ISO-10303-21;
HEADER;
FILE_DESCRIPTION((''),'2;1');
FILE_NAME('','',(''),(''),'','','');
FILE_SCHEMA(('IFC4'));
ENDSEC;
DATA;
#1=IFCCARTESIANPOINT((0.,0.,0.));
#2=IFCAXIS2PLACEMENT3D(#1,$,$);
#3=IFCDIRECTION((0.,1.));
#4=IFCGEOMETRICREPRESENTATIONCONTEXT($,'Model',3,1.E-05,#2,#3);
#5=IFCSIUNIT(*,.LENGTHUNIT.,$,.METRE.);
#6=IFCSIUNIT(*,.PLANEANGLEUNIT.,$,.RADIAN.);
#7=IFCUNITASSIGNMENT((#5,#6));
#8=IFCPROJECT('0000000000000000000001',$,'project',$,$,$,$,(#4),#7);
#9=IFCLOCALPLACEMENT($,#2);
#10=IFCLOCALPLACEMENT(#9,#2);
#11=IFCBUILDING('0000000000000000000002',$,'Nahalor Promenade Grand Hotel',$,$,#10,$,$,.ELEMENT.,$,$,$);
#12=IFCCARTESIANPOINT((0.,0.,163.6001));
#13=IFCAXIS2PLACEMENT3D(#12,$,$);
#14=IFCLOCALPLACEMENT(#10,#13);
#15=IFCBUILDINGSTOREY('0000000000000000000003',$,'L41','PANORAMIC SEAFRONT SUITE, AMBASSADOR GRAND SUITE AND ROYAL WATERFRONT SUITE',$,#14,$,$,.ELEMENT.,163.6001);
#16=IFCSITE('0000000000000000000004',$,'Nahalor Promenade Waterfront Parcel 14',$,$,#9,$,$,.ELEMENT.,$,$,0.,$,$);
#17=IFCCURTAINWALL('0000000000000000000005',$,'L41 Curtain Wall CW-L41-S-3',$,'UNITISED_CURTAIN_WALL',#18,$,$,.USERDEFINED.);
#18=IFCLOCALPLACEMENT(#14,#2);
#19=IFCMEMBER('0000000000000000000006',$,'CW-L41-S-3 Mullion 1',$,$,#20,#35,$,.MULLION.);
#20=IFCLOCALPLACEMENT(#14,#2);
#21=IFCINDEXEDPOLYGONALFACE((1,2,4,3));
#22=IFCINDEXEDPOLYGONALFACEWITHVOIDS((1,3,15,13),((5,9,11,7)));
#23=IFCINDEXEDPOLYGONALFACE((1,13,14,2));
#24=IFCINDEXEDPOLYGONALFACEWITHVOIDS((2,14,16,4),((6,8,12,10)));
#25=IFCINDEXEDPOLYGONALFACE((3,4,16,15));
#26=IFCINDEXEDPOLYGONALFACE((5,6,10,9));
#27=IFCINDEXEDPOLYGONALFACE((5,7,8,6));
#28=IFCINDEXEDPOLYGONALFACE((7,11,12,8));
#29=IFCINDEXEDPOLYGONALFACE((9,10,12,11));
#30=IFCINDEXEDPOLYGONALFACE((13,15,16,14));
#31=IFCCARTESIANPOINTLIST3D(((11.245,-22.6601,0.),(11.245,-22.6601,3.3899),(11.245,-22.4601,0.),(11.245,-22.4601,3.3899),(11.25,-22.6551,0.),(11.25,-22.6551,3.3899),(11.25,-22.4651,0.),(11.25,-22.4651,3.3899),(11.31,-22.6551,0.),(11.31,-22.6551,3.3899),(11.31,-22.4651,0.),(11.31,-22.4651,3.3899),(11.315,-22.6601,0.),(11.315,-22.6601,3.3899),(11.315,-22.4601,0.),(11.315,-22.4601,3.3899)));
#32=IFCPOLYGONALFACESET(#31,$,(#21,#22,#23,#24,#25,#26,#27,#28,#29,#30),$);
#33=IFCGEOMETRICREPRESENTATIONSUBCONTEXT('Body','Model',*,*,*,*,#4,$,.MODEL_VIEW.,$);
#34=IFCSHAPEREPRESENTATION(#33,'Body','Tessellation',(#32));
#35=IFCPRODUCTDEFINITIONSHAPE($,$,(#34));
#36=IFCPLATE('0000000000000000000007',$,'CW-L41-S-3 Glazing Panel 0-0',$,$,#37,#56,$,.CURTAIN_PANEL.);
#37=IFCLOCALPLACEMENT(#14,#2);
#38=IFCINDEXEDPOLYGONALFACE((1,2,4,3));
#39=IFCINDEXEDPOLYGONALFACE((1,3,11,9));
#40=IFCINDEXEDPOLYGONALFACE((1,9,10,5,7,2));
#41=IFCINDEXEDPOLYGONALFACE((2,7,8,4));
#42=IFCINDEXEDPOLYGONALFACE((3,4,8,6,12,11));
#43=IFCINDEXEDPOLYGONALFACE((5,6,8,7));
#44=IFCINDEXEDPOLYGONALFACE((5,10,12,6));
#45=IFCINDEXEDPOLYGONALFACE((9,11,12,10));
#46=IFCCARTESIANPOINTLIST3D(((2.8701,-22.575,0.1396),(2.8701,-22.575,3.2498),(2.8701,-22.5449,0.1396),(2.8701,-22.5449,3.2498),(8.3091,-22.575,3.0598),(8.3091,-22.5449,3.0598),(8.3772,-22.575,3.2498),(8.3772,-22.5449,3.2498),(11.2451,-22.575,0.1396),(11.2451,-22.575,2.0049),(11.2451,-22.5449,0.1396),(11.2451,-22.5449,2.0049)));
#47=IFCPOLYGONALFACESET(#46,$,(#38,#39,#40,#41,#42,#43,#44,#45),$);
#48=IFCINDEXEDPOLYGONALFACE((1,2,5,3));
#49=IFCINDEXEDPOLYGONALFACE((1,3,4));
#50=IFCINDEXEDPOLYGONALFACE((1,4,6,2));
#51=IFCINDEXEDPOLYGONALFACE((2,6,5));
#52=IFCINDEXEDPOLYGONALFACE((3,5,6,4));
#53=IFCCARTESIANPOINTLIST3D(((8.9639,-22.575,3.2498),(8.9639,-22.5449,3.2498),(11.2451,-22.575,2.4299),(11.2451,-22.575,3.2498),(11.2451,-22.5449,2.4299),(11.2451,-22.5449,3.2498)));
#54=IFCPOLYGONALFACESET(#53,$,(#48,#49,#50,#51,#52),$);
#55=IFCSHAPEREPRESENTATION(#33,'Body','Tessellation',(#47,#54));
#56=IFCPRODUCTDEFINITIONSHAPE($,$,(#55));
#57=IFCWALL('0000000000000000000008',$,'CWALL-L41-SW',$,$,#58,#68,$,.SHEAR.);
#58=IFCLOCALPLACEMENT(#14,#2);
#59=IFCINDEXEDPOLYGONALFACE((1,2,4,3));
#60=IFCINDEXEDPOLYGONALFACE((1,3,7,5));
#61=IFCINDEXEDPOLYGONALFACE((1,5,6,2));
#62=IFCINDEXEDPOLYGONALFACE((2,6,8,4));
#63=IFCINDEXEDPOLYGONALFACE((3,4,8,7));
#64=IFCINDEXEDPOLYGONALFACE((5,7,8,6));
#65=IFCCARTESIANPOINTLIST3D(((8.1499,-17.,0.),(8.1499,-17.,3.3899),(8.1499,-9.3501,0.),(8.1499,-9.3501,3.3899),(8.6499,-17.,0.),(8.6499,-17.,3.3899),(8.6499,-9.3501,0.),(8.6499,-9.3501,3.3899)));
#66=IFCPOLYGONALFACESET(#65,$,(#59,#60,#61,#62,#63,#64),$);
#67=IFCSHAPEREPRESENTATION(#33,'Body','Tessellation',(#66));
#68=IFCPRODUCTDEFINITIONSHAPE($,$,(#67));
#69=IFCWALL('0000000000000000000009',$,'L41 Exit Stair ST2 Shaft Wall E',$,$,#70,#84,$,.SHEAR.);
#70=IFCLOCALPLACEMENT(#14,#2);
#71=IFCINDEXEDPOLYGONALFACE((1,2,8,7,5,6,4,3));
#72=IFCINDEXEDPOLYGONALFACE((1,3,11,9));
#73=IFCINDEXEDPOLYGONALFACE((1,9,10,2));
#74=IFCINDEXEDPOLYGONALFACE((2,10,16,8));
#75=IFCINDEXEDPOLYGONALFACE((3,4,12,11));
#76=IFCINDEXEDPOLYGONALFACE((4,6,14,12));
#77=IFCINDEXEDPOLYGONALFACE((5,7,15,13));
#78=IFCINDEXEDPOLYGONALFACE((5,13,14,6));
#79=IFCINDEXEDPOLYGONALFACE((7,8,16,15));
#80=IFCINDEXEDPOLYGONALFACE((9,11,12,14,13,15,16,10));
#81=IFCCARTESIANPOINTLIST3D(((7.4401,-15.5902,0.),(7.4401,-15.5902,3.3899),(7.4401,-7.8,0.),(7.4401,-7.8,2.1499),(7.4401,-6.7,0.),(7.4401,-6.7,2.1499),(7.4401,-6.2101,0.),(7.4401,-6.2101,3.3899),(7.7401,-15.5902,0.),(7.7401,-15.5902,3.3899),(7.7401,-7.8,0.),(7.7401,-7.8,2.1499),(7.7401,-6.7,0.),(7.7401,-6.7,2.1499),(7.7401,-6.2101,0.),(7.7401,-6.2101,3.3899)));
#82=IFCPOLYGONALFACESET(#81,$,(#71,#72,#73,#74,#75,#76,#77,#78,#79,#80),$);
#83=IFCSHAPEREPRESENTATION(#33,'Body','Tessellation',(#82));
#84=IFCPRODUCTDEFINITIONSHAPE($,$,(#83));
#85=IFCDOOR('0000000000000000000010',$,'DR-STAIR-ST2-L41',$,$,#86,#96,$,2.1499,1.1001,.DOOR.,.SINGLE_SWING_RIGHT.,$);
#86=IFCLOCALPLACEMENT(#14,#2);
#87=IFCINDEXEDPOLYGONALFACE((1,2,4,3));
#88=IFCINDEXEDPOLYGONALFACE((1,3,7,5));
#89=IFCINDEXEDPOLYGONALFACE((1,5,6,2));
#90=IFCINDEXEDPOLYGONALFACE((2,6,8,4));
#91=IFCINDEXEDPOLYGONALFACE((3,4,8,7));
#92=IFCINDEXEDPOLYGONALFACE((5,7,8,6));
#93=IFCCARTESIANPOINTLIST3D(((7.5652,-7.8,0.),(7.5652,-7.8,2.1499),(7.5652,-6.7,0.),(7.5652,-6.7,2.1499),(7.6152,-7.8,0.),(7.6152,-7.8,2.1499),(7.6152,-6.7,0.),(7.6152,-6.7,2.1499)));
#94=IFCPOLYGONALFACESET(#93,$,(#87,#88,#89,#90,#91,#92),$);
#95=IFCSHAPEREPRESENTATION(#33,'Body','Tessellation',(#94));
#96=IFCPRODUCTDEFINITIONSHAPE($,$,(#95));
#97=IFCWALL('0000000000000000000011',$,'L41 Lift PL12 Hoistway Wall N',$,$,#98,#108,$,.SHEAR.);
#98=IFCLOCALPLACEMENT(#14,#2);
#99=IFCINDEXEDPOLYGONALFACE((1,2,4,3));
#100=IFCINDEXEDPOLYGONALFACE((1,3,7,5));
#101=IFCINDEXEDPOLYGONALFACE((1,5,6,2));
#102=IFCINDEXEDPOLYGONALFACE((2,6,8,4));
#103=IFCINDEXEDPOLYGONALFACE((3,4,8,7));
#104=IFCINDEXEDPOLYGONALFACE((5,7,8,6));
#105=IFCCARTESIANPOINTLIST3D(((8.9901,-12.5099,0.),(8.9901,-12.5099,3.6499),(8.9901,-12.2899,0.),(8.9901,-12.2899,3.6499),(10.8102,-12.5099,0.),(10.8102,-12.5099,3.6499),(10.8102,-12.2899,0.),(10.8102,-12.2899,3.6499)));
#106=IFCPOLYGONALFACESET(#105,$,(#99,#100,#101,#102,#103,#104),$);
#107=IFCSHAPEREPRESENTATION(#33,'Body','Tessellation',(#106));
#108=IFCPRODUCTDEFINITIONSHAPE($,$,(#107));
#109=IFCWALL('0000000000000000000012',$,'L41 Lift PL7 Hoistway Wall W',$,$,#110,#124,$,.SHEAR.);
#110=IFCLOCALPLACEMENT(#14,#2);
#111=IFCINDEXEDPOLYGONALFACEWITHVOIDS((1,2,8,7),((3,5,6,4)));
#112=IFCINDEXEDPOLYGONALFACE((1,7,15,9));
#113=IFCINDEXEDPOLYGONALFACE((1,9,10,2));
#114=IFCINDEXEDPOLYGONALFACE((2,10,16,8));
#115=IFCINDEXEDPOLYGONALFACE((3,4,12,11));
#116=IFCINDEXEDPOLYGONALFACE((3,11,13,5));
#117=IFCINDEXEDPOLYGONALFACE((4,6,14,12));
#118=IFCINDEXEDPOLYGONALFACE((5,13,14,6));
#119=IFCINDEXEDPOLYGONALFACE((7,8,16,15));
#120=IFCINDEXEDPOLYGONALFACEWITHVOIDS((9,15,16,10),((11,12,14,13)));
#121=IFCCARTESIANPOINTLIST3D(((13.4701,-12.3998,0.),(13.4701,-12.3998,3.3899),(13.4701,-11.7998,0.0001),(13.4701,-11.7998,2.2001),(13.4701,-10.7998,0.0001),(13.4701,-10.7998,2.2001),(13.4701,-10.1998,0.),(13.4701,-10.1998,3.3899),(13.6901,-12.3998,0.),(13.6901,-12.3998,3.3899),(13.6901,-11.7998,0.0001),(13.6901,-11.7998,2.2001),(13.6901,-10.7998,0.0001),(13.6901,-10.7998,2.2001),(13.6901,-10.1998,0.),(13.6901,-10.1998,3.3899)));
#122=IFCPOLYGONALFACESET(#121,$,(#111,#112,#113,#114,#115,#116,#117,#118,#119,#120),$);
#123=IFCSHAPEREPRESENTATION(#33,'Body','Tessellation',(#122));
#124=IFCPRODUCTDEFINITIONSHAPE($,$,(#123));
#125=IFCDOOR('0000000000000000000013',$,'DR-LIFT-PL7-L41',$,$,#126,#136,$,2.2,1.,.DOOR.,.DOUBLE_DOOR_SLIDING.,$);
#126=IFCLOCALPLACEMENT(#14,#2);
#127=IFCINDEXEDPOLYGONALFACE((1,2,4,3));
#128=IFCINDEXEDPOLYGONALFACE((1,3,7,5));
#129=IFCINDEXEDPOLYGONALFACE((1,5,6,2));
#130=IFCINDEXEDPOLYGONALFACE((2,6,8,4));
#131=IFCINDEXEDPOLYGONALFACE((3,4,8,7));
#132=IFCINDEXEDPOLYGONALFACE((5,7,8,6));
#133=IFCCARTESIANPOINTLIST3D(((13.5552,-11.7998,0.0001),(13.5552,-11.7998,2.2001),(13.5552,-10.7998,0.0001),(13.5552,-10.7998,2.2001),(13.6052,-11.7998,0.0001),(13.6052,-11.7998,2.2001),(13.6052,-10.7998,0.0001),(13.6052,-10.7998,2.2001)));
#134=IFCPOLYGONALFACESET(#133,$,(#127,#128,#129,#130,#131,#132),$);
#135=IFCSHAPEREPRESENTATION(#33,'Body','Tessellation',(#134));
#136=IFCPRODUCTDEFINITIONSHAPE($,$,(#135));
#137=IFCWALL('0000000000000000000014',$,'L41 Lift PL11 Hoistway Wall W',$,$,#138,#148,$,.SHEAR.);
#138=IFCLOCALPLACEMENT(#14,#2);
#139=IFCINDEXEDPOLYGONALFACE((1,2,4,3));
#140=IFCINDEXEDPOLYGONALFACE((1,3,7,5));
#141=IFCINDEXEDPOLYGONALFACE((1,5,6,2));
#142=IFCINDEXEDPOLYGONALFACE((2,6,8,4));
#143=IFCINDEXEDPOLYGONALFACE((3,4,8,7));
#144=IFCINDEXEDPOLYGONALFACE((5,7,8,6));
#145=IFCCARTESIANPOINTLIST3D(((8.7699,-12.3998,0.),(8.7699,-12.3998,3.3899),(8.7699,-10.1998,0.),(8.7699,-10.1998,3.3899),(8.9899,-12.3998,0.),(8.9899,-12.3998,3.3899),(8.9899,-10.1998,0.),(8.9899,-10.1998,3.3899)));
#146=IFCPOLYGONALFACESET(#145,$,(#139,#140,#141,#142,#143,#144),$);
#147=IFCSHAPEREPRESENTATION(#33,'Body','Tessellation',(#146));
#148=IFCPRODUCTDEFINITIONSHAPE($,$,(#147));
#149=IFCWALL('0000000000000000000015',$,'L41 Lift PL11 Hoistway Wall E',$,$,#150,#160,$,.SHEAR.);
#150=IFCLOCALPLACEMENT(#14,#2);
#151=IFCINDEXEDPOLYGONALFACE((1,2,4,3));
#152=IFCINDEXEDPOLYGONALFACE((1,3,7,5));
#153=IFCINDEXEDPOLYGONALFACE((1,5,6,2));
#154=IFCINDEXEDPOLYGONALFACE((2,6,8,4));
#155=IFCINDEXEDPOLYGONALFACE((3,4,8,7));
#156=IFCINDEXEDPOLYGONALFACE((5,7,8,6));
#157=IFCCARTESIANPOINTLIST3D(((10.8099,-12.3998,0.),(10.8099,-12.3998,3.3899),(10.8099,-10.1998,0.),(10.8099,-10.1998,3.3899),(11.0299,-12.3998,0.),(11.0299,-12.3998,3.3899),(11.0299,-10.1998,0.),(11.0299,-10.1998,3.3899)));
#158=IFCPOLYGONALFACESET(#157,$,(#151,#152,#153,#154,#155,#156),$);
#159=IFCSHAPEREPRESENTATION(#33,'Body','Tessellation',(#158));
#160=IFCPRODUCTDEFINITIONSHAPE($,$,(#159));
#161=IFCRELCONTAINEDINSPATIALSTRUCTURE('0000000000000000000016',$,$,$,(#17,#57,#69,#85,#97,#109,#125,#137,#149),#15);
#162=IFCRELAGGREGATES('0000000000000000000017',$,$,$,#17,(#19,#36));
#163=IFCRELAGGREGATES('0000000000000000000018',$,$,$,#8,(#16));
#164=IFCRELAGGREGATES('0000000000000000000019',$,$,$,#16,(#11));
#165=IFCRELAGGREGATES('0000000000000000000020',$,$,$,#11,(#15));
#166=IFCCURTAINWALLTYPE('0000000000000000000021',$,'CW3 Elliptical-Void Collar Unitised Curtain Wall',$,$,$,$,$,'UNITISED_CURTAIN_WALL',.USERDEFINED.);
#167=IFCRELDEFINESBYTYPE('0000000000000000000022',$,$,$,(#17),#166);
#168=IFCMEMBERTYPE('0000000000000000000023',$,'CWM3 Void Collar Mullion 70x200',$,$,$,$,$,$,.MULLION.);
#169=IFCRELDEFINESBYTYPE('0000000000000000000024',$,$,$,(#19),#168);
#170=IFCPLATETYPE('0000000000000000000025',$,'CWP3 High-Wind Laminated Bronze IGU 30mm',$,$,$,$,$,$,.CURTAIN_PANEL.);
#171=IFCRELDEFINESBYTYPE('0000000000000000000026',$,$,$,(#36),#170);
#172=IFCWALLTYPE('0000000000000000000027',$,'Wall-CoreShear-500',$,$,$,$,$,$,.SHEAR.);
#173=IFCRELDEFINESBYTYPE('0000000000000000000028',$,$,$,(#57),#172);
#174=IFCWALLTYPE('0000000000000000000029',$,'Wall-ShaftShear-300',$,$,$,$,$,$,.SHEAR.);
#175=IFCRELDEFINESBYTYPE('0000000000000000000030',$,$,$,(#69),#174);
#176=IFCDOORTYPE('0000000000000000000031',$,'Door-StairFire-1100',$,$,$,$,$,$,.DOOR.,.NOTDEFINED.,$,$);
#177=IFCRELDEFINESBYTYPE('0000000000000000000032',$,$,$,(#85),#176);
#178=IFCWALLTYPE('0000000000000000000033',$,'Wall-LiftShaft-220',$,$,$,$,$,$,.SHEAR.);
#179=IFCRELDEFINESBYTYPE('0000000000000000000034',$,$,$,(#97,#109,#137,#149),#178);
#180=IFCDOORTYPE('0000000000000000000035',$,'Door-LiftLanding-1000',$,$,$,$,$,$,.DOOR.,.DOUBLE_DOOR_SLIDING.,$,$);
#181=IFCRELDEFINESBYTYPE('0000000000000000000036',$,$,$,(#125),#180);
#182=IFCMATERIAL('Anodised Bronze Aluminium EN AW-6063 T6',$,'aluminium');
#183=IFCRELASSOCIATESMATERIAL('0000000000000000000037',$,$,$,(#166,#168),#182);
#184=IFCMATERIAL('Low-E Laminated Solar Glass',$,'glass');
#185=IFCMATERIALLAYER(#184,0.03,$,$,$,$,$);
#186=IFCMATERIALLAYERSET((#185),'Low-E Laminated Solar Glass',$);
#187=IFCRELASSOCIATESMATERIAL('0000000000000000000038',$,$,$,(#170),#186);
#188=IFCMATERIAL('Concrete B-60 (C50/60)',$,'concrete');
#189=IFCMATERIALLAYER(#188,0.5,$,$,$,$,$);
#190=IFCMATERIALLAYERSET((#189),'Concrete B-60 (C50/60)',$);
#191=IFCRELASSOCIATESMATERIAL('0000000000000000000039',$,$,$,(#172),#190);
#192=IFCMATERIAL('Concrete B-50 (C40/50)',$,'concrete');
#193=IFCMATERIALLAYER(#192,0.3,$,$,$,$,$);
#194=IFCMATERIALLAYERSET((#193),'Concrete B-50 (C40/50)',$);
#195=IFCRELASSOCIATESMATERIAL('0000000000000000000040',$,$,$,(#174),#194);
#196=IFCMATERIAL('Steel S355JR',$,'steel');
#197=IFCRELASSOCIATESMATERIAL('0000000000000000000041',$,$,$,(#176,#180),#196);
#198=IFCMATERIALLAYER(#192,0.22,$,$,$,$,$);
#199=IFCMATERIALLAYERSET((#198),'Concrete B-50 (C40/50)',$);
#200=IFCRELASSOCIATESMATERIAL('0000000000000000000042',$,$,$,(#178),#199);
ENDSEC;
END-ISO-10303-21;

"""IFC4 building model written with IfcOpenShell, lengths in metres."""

from ifc_helpers import new_model, si_unit, direction, frame, frame_2d, origin, origin_2d, place, context, subcontext, project, spatial, polyline, rectangle, hollow_rectangle, outline, extrude, source, transform, mapped, material, layer, layer_set, material_profile, profile_set, type_object, element, fill, aggregate, save


model = new_model("IFC4")

# Units and contexts
model_context = context("Model", 3, precision=1e-05, world=origin(), true_north=direction((0.0, 1.0)))
body_context = subcontext(model_context, "Body", "Model", "MODEL_VIEW")
ifc_project = project(units=[si_unit("LENGTHUNIT", "METRE"), si_unit("PLANEANGLEUNIT", "RADIAN")], contexts=[model_context])

# Site, building, storey
site_placement = place(None, origin())
site = spatial("IfcSite", under=ifc_project, at=site_placement, Name="Nahalor Promenade Waterfront Parcel 14", CompositionType="ELEMENT", RefElevation=0.0)
building_placement = place(site_placement, origin())
building = spatial("IfcBuilding", under=site, at=building_placement, Name="Nahalor Promenade Grand Hotel", CompositionType="ELEMENT")
storey_placement = place(building_placement, frame((0.0, 0.0, 163.6001)))
storey = spatial("IfcBuildingStorey", under=building, at=storey_placement, Name="L41", Description="PANORAMIC SEAFRONT SUITE, AMBASSADOR GRAND SUITE AND ROYAL WATERFRONT SUITE", CompositionType="ELEMENT", Elevation=163.6001)

# Shared definitions
ifc_material_1 = material(Name="Concrete B-60 (C50/60)", Category="concrete")

# Shared definitions
ifc_material_2 = material(Name="Steel S355JR", Category="steel")

# Curtain wall, member, plate
ifc_material_3 = material(Name="Anodised Bronze Aluminium EN AW-6063 T6", Category="aluminium")
curtain_wall_type = type_object("IfcCurtainWallType", Name="CW3 Elliptical-Void Collar Unitised Curtain Wall", ElementType="UNITISED_CURTAIN_WALL", PredefinedType="USERDEFINED", material=ifc_material_3)
curtain_wall_placement = place(storey_placement, origin())
curtain_wall = element("IfcCurtainWall", 1, at=curtain_wall_placement, inside=storey, type_object=curtain_wall_type, Name="L41 Curtain Wall CW-L41-S-3", ObjectType="UNITISED_CURTAIN_WALL", PredefinedType="USERDEFINED")
ifc_material_profile_1 = material_profile(ifc_material_3, hollow_rectangle(XDim=0.07, YDim=0.2, WallThickness=0.005, at=origin_2d()), Name="CWM 70x200x5")
ifc_profile_set_1 = profile_set([ifc_material_profile_1], Name="Anodised Bronze Aluminium EN AW-6063 T6")
member_type_1 = type_object("IfcMemberType", Name="CWM3 Void Collar Mullion 70x200", PredefinedType="MULLION", material=ifc_profile_set_1)
shared_shape_1 = source(origin(), body_context, "Body", "SweptSolid", [
    extrude(hollow_rectangle(XDim=0.07, YDim=0.2, WallThickness=0.005, at=origin_2d()), origin(), (0.0, 0.0, 1.0), 3.3899),
])
member_1_placement = place(storey_placement, frame((11.28, -22.5601, 0.0), z_axis=(0.0, 0.0, 1.0), x_axis=(1.0, 0.0, 0.0)))
member_1 = element("IfcMember", 2, at=member_1_placement, type_object=member_type_1, Name="CW-L41-S-3 Mullion 1", PredefinedType="MULLION", context=body_context, shape_type="MappedRepresentation", body=[
    mapped(shared_shape_1, transform((0.0, 0.0, 0.0), scale=1.0)),
])
ifc_material_4 = material(Name="Low-E Laminated Solar Glass", Category="glass")
ifc_layer_1 = layer(ifc_material_4, 0.03)
ifc_layer_set_1 = layer_set([ifc_layer_1], Name="Low-E Laminated Solar Glass")
plate_type = type_object("IfcPlateType", Name="CWP3 High-Wind Laminated Bronze IGU 30mm", PredefinedType="CURTAIN_PANEL", material=ifc_layer_set_1)
plate_placement = place(storey_placement, frame((7.0576, -22.5601, 0.1396), z_axis=(0.0, 0.0, 1.0), x_axis=(1.0, 0.0, 0.0)))
plate = element("IfcPlate", 3, at=plate_placement, type_object=plate_type, Name="CW-L41-S-3 Glazing Panel 0-0", PredefinedType="CURTAIN_PANEL", context=body_context, shape_type="SweptSolid", body=[
    extrude(outline(polyline([(-4.1875, 0.0), (4.1875, 0.0), (4.1875, 1.8652), (1.2515, 2.9202), (1.3196, 3.1101), (-4.1875, 3.1101), (-4.1875, 0.0)])), frame((0.0, 0.0151, 0.0), z_axis=(0.0, -1.0, 0.0), x_axis=(1.0, 0.0, 0.0)), (0.0, 0.0, 1.0), 0.03),
    extrude(outline(polyline([(4.1875, 2.2903), (4.1875, 3.1101), (1.9062, 3.1101), (4.1875, 2.2903)])), frame((0.0, 0.0151, 0.0), z_axis=(0.0, -1.0, 0.0), x_axis=(1.0, 0.0, 0.0)), (0.0, 0.0, 1.0), 0.03),
])
aggregate(curtain_wall, [member_1, plate])

# Wall
ifc_layer_2 = layer(ifc_material_1, 0.5)
ifc_layer_set_2 = layer_set([ifc_layer_2], Name="Concrete B-60 (C50/60)")
wall_type_1 = type_object("IfcWallType", Name="Wall-CoreShear-500", PredefinedType="SHEAR", material=ifc_layer_set_2)
shared_shape_2 = source(origin(), body_context, "Body", "SweptSolid", [
    extrude(rectangle(XDim=7.6499, YDim=0.5, at=frame_2d((3.825, 0.0))), origin(), (0.0, 0.0, 1.0), 3.3899),
])
wall_1_placement = place(storey_placement, frame((8.3999, -17.0, 0.0), z_axis=(0.0, 0.0, 1.0), x_axis=(0.0, 1.0, 0.0)))
element("IfcWall", 4, at=wall_1_placement, inside=storey, type_object=wall_type_1, Name="CWALL-L41-SW", PredefinedType="SHEAR", context=body_context, shape_type="MappedRepresentation", body=[
    mapped(shared_shape_2, transform((0.0, 0.0, 0.0), scale=1.0)),
])

# Wall, opening, door
ifc_material_5 = material(Name="Concrete B-50 (C40/50)", Category="concrete")
ifc_layer_3 = layer(ifc_material_5, 0.3)
ifc_layer_set_3 = layer_set([ifc_layer_3], Name="Concrete B-50 (C40/50)")
wall_type_2 = type_object("IfcWallType", Name="Wall-ShaftShear-300", PredefinedType="SHEAR", material=ifc_layer_set_3)
shared_shape_3 = source(origin(), body_context, "Body", "SweptSolid", [
    extrude(rectangle(XDim=9.3801, YDim=0.3, at=frame_2d((4.6899, 0.0))), origin(), (0.0, 0.0, 1.0), 3.3899),
])
wall_2_placement = place(storey_placement, frame((7.5901, -15.5901, 0.0), z_axis=(0.0, 0.0, 1.0), x_axis=(0.0, 1.0, 0.0)))
wall_2 = element("IfcWall", 5, at=wall_2_placement, inside=storey, type_object=wall_type_2, Name="L41 Exit Stair ST2 Shaft Wall E", PredefinedType="SHEAR", context=body_context, shape_type="MappedRepresentation", body=[
    mapped(shared_shape_3, transform((0.0, 0.0, 0.0), scale=1.0)),
])
opening_1_placement = place(wall_2_placement, frame((7.79, 0.0, 0.0)))
opening_1 = element("IfcOpeningElement", 6, at=opening_1_placement, cuts=wall_2, PredefinedType="OPENING", context=body_context, shape_type="SweptSolid", body=[
    extrude(rectangle(XDim=1.1001, YDim=2.1499, at=frame_2d((0.55, 1.075))), frame((0.0, 0.1599, 0.0), z_axis=(0.0, -1.0, 0.0), x_axis=(1.0, 0.0, 0.0)), (0.0, 0.0, 1.0), 0.3201),
])
door_type_1 = type_object("IfcDoorType", Name="Door-StairFire-1100", OperationType="NOTDEFINED", PredefinedType="DOOR", material=ifc_material_2)
shared_shape_4 = source(origin(), body_context, "Body", "SweptSolid", [
    extrude(rectangle(XDim=1.1001, YDim=2.1499, at=frame_2d((0.55, 1.075))), frame((0.0, 0.0249, 0.0), z_axis=(0.0, -1.0, 0.0), x_axis=(1.0, 0.0, 0.0)), (0.0, 0.0, 1.0), 0.05),
])
door_1_placement = place(opening_1_placement, origin())
door_1 = element("IfcDoor", 7, at=door_1_placement, inside=storey, type_object=door_type_1, Name="DR-STAIR-ST2-L41", OperationType="SINGLE_SWING_RIGHT", OverallHeight=2.1499, OverallWidth=1.1001, PredefinedType="DOOR", context=body_context, shape_type="MappedRepresentation", body=[
    mapped(shared_shape_4, transform((0.0, 0.0, 0.0), scale=1.0)),
])
fill(opening_1, door_1)

# Wall
ifc_layer_4 = layer(ifc_material_5, 0.22)
ifc_layer_set_4 = layer_set([ifc_layer_4], Name="Concrete B-50 (C40/50)")
wall_type_3 = type_object("IfcWallType", Name="Wall-LiftShaft-220", PredefinedType="SHEAR", material=ifc_layer_set_4)
shared_shape_5 = source(origin(), body_context, "Body", "SweptSolid", [
    extrude(rectangle(XDim=1.8201, YDim=0.22, at=frame_2d((0.9102, 0.0))), origin(), (0.0, 0.0, 1.0), 3.6499),
])
wall_3_placement = place(storey_placement, frame((8.99, -12.3999, 0.0), z_axis=(0.0, 0.0, 1.0), x_axis=(1.0, 0.0, 0.0)))
element("IfcWall", 8, at=wall_3_placement, inside=storey, type_object=wall_type_3, Name="L41 Lift PL12 Hoistway Wall N", PredefinedType="SHEAR", context=body_context, shape_type="MappedRepresentation", body=[
    mapped(shared_shape_5, transform((0.0, 0.0, 0.0), scale=1.0)),
])

# Wall, opening, door
shared_shape_6 = source(origin(), body_context, "Body", "SweptSolid", [
    extrude(rectangle(XDim=2.2, YDim=0.22, at=frame_2d((1.1001, 0.0))), origin(), (0.0, 0.0, 1.0), 3.3899),
])
wall_4_placement = place(storey_placement, frame((13.5801, -12.3999, 0.0), z_axis=(0.0, 0.0, 1.0), x_axis=(0.0, 1.0, 0.0)))
wall_4 = element("IfcWall", 9, at=wall_4_placement, inside=storey, type_object=wall_type_3, Name="L41 Lift PL7 Hoistway Wall W", PredefinedType="SHEAR", context=body_context, shape_type="MappedRepresentation", body=[
    mapped(shared_shape_6, transform((0.0, 0.0, 0.0), scale=1.0)),
])
opening_2_placement = place(wall_4_placement, frame((0.6001, 0.0, 0.0)))
opening_2 = element("IfcOpeningElement", 10, at=opening_2_placement, cuts=wall_4, PredefinedType="OPENING", context=body_context, shape_type="SweptSolid", body=[
    extrude(rectangle(XDim=1.0, YDim=2.2, at=frame_2d((0.5, 1.1001))), frame((0.0, 0.1199, 0.0), z_axis=(0.0, -1.0, 0.0), x_axis=(1.0, 0.0, 0.0)), (0.0, 0.0, 1.0), 0.24),
])
door_type_2 = type_object("IfcDoorType", Name="Door-LiftLanding-1000", OperationType="DOUBLE_DOOR_SLIDING", PredefinedType="DOOR", material=ifc_material_2)
shared_shape_7 = source(origin(), body_context, "Body", "SweptSolid", [
    extrude(rectangle(XDim=1.0, YDim=2.2, at=frame_2d((0.5, 1.1001))), frame((0.0, 0.0249, 0.0), z_axis=(0.0, -1.0, 0.0), x_axis=(1.0, 0.0, 0.0)), (0.0, 0.0, 1.0), 0.05),
])
door_2_placement = place(opening_2_placement, origin())
door_2 = element("IfcDoor", 11, at=door_2_placement, inside=storey, type_object=door_type_2, Name="DR-LIFT-PL7-L41", OperationType="DOUBLE_DOOR_SLIDING", OverallHeight=2.2, OverallWidth=1.0, PredefinedType="DOOR", context=body_context, shape_type="MappedRepresentation", body=[
    mapped(shared_shape_7, transform((0.0, 0.0, 0.0), scale=1.0)),
])
fill(opening_2, door_2)

# Walls
for number, where, z_axis, x_axis, name in (
    (12, (8.8799, -12.3999, 0.0), (0.0, 0.0, 1.0), (0.0, 1.0, 0.0), "L41 Lift PL11 Hoistway Wall W"),
    (13, (10.9199, -12.3999, 0.0), (0.0, 0.0, 1.0), (0.0, 1.0, 0.0), "L41 Lift PL11 Hoistway Wall E"),
):
    element("IfcWall", number, at=place(storey_placement, frame(where, z_axis=z_axis, x_axis=x_axis)), inside=storey, type_object=wall_type_3, Name=name, PredefinedType="SHEAR", context=body_context, shape_type="MappedRepresentation", body=[
        mapped(shared_shape_6, transform((0.0, 0.0, 0.0), scale=1.0)),
    ])

save(model, "model.ifc")
